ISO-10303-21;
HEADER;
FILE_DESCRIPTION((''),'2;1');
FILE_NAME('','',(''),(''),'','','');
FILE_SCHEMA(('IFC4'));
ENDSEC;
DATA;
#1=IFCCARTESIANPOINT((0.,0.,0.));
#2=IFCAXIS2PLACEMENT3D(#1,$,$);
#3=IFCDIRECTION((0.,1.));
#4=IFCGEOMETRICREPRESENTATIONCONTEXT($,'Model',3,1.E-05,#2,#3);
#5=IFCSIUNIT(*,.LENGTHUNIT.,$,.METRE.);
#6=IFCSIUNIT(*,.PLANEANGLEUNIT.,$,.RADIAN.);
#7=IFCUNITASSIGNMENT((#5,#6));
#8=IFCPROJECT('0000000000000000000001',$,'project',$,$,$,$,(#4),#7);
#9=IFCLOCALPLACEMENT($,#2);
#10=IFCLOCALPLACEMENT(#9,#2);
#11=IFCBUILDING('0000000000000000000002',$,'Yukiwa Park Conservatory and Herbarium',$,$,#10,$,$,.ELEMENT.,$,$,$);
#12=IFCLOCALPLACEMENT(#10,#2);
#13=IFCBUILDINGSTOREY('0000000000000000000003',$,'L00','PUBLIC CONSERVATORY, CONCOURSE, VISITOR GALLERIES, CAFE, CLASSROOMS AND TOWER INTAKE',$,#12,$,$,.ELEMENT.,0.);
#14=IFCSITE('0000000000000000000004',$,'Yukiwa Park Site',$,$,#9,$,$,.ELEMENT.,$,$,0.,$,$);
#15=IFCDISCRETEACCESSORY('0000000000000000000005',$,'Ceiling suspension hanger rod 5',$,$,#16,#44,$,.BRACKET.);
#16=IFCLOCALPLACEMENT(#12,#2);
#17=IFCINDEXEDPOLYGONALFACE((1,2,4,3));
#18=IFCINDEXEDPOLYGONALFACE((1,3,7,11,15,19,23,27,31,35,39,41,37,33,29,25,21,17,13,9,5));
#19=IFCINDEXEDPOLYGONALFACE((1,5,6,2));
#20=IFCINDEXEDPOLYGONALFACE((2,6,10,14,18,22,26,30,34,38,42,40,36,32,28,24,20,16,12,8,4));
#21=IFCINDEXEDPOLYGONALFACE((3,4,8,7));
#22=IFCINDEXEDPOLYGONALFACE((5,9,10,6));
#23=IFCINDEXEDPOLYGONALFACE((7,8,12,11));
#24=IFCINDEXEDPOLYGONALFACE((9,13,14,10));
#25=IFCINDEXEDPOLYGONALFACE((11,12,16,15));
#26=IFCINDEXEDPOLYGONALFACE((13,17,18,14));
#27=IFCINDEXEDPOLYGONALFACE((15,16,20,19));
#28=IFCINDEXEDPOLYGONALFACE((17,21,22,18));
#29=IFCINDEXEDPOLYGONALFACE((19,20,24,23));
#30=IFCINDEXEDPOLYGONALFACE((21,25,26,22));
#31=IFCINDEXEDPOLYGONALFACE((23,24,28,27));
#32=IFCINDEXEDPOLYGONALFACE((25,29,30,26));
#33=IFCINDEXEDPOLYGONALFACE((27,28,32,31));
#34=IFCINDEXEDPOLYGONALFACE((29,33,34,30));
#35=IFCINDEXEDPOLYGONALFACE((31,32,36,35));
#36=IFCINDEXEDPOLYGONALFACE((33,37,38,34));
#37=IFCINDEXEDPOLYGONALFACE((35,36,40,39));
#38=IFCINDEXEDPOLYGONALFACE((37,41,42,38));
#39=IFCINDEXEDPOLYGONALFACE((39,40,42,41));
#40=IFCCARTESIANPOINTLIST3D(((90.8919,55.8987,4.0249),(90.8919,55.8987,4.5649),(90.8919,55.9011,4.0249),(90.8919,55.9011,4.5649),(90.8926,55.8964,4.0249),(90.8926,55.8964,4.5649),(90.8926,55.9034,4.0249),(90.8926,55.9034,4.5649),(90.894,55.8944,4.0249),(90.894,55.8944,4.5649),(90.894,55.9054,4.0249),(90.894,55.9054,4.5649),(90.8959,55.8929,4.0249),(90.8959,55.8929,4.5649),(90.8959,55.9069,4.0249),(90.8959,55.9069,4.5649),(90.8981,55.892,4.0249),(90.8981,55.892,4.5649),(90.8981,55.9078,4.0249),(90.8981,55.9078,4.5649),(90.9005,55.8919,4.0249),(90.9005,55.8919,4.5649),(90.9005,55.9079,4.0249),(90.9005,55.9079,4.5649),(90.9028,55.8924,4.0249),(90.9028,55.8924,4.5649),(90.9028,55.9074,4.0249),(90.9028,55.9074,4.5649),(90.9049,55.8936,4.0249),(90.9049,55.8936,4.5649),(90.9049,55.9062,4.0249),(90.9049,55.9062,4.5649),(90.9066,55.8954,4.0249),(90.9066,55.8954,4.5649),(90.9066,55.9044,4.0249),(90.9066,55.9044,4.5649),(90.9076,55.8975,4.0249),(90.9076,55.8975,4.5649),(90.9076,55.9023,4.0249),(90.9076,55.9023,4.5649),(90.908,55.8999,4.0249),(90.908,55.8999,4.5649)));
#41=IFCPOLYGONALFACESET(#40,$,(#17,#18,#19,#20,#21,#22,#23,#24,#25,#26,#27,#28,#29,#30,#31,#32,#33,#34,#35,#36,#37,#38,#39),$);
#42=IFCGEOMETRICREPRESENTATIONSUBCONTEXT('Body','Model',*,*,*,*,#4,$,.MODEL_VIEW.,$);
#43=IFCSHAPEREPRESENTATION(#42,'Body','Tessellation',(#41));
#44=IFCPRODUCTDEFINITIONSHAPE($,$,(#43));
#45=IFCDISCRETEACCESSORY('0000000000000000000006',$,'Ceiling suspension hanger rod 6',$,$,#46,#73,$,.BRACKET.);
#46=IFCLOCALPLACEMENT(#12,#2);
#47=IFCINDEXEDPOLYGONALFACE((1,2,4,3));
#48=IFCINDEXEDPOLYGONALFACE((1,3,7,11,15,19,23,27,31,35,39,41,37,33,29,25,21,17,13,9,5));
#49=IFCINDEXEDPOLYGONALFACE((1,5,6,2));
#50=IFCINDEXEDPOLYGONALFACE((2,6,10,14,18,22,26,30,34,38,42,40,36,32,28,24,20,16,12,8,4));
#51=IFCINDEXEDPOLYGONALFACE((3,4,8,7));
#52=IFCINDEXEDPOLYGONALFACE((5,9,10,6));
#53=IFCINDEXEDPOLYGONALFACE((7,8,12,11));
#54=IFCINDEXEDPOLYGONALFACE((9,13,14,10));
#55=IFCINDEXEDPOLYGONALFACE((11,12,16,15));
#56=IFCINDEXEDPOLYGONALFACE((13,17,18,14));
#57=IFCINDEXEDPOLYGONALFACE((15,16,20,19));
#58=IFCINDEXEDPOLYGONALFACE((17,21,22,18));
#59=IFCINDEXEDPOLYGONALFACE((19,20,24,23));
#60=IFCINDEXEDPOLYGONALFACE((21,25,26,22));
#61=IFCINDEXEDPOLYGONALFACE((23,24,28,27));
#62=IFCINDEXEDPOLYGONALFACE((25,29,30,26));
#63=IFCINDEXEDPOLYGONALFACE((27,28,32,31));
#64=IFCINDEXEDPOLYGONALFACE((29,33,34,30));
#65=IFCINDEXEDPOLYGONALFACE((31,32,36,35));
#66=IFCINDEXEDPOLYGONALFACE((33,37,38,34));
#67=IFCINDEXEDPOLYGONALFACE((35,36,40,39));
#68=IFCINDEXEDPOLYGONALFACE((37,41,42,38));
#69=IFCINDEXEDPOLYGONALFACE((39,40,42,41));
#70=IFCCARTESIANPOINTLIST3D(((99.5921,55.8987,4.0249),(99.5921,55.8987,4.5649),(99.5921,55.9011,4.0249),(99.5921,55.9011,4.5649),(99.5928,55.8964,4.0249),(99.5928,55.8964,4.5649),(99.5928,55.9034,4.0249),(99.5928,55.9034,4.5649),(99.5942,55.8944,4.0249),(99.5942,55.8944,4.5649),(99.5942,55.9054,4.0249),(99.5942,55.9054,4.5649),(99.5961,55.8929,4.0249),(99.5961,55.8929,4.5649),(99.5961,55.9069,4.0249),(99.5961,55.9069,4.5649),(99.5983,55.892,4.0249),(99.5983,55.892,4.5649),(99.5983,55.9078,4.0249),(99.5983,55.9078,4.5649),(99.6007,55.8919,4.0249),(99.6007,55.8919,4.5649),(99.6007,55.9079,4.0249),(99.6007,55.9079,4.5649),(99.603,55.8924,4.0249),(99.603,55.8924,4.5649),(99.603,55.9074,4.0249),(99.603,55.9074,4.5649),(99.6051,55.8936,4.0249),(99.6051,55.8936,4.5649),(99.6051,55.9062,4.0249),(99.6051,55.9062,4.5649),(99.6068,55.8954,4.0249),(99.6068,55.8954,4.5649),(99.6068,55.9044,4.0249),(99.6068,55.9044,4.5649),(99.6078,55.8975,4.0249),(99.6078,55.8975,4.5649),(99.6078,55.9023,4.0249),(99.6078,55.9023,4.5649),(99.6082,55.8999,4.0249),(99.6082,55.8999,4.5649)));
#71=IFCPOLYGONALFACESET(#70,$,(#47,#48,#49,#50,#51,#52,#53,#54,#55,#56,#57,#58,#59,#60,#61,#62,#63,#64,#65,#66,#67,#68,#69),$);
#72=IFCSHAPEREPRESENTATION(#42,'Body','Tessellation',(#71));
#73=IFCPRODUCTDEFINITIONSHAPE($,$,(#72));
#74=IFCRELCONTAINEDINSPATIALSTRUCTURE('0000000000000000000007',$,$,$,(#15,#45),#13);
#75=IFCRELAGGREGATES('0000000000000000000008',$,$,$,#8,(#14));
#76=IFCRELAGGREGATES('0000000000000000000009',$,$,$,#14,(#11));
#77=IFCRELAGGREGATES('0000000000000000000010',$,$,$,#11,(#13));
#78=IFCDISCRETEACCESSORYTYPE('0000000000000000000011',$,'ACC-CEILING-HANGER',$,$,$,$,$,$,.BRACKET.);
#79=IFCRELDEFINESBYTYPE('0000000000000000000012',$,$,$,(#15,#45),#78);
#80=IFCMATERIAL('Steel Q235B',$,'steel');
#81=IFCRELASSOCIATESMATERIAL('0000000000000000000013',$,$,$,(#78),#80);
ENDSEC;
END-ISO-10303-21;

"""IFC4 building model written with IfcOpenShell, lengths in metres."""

from ifc_helpers import new_model, si_unit, direction, frame, origin, origin_2d, place, context, subcontext, project, spatial, circle, extrude, material, type_object, element, save


model = new_model("IFC4")

# Units and contexts
model_context = context("Model", 3, precision=1e-05, world=origin(), true_north=direction((0.0, 1.0)))
body_context = subcontext(model_context, "Body", "Model", "MODEL_VIEW")
ifc_project = project(units=[si_unit("LENGTHUNIT", "METRE"), si_unit("PLANEANGLEUNIT", "RADIAN")], contexts=[model_context])

# Site, building, storey
site_placement = place(None, origin())
site = spatial("IfcSite", under=ifc_project, at=site_placement, Name="Yukiwa Park Site", CompositionType="ELEMENT", RefElevation=0.0)
building_placement = place(site_placement, origin())
building = spatial("IfcBuilding", under=site, at=building_placement, Name="Yukiwa Park Conservatory and Herbarium", CompositionType="ELEMENT")
storey_placement = place(building_placement, origin())
storey = spatial("IfcBuildingStorey", under=building, at=storey_placement, Name="L00", Description="PUBLIC CONSERVATORY, CONCOURSE, VISITOR GALLERIES, CAFE, CLASSROOMS AND TOWER INTAKE", CompositionType="ELEMENT", Elevation=0.0)

# Discrete accessories
ifc_material_1 = material(Name="Steel Q235B", Category="steel")
discrete_accessory_type = type_object("IfcDiscreteAccessoryType", Name="ACC-CEILING-HANGER", PredefinedType="BRACKET", material=ifc_material_1)
for number, where, z_axis, x_axis, name in (
    (1, (90.8999, 55.8999, 4.0249), (0.0, 0.0, 1.0), (1.0, 0.0, 0.0), "Ceiling suspension hanger rod 5"),
    (2, (99.6001, 55.8999, 4.0249), (0.0, 0.0, 1.0), (1.0, 0.0, 0.0), "Ceiling suspension hanger rod 6"),
):
    element("IfcDiscreteAccessory", number, at=place(storey_placement, frame(where, z_axis=z_axis, x_axis=x_axis)), inside=storey, type_object=discrete_accessory_type, Name=name, PredefinedType="BRACKET", context=body_context, shape_type="SweptSolid", body=[
        extrude(circle(Radius=0.0081, at=origin_2d()), origin(), (0.0, 0.0, 1.0), 0.54),
    ])

save(model, "model.ifc")
